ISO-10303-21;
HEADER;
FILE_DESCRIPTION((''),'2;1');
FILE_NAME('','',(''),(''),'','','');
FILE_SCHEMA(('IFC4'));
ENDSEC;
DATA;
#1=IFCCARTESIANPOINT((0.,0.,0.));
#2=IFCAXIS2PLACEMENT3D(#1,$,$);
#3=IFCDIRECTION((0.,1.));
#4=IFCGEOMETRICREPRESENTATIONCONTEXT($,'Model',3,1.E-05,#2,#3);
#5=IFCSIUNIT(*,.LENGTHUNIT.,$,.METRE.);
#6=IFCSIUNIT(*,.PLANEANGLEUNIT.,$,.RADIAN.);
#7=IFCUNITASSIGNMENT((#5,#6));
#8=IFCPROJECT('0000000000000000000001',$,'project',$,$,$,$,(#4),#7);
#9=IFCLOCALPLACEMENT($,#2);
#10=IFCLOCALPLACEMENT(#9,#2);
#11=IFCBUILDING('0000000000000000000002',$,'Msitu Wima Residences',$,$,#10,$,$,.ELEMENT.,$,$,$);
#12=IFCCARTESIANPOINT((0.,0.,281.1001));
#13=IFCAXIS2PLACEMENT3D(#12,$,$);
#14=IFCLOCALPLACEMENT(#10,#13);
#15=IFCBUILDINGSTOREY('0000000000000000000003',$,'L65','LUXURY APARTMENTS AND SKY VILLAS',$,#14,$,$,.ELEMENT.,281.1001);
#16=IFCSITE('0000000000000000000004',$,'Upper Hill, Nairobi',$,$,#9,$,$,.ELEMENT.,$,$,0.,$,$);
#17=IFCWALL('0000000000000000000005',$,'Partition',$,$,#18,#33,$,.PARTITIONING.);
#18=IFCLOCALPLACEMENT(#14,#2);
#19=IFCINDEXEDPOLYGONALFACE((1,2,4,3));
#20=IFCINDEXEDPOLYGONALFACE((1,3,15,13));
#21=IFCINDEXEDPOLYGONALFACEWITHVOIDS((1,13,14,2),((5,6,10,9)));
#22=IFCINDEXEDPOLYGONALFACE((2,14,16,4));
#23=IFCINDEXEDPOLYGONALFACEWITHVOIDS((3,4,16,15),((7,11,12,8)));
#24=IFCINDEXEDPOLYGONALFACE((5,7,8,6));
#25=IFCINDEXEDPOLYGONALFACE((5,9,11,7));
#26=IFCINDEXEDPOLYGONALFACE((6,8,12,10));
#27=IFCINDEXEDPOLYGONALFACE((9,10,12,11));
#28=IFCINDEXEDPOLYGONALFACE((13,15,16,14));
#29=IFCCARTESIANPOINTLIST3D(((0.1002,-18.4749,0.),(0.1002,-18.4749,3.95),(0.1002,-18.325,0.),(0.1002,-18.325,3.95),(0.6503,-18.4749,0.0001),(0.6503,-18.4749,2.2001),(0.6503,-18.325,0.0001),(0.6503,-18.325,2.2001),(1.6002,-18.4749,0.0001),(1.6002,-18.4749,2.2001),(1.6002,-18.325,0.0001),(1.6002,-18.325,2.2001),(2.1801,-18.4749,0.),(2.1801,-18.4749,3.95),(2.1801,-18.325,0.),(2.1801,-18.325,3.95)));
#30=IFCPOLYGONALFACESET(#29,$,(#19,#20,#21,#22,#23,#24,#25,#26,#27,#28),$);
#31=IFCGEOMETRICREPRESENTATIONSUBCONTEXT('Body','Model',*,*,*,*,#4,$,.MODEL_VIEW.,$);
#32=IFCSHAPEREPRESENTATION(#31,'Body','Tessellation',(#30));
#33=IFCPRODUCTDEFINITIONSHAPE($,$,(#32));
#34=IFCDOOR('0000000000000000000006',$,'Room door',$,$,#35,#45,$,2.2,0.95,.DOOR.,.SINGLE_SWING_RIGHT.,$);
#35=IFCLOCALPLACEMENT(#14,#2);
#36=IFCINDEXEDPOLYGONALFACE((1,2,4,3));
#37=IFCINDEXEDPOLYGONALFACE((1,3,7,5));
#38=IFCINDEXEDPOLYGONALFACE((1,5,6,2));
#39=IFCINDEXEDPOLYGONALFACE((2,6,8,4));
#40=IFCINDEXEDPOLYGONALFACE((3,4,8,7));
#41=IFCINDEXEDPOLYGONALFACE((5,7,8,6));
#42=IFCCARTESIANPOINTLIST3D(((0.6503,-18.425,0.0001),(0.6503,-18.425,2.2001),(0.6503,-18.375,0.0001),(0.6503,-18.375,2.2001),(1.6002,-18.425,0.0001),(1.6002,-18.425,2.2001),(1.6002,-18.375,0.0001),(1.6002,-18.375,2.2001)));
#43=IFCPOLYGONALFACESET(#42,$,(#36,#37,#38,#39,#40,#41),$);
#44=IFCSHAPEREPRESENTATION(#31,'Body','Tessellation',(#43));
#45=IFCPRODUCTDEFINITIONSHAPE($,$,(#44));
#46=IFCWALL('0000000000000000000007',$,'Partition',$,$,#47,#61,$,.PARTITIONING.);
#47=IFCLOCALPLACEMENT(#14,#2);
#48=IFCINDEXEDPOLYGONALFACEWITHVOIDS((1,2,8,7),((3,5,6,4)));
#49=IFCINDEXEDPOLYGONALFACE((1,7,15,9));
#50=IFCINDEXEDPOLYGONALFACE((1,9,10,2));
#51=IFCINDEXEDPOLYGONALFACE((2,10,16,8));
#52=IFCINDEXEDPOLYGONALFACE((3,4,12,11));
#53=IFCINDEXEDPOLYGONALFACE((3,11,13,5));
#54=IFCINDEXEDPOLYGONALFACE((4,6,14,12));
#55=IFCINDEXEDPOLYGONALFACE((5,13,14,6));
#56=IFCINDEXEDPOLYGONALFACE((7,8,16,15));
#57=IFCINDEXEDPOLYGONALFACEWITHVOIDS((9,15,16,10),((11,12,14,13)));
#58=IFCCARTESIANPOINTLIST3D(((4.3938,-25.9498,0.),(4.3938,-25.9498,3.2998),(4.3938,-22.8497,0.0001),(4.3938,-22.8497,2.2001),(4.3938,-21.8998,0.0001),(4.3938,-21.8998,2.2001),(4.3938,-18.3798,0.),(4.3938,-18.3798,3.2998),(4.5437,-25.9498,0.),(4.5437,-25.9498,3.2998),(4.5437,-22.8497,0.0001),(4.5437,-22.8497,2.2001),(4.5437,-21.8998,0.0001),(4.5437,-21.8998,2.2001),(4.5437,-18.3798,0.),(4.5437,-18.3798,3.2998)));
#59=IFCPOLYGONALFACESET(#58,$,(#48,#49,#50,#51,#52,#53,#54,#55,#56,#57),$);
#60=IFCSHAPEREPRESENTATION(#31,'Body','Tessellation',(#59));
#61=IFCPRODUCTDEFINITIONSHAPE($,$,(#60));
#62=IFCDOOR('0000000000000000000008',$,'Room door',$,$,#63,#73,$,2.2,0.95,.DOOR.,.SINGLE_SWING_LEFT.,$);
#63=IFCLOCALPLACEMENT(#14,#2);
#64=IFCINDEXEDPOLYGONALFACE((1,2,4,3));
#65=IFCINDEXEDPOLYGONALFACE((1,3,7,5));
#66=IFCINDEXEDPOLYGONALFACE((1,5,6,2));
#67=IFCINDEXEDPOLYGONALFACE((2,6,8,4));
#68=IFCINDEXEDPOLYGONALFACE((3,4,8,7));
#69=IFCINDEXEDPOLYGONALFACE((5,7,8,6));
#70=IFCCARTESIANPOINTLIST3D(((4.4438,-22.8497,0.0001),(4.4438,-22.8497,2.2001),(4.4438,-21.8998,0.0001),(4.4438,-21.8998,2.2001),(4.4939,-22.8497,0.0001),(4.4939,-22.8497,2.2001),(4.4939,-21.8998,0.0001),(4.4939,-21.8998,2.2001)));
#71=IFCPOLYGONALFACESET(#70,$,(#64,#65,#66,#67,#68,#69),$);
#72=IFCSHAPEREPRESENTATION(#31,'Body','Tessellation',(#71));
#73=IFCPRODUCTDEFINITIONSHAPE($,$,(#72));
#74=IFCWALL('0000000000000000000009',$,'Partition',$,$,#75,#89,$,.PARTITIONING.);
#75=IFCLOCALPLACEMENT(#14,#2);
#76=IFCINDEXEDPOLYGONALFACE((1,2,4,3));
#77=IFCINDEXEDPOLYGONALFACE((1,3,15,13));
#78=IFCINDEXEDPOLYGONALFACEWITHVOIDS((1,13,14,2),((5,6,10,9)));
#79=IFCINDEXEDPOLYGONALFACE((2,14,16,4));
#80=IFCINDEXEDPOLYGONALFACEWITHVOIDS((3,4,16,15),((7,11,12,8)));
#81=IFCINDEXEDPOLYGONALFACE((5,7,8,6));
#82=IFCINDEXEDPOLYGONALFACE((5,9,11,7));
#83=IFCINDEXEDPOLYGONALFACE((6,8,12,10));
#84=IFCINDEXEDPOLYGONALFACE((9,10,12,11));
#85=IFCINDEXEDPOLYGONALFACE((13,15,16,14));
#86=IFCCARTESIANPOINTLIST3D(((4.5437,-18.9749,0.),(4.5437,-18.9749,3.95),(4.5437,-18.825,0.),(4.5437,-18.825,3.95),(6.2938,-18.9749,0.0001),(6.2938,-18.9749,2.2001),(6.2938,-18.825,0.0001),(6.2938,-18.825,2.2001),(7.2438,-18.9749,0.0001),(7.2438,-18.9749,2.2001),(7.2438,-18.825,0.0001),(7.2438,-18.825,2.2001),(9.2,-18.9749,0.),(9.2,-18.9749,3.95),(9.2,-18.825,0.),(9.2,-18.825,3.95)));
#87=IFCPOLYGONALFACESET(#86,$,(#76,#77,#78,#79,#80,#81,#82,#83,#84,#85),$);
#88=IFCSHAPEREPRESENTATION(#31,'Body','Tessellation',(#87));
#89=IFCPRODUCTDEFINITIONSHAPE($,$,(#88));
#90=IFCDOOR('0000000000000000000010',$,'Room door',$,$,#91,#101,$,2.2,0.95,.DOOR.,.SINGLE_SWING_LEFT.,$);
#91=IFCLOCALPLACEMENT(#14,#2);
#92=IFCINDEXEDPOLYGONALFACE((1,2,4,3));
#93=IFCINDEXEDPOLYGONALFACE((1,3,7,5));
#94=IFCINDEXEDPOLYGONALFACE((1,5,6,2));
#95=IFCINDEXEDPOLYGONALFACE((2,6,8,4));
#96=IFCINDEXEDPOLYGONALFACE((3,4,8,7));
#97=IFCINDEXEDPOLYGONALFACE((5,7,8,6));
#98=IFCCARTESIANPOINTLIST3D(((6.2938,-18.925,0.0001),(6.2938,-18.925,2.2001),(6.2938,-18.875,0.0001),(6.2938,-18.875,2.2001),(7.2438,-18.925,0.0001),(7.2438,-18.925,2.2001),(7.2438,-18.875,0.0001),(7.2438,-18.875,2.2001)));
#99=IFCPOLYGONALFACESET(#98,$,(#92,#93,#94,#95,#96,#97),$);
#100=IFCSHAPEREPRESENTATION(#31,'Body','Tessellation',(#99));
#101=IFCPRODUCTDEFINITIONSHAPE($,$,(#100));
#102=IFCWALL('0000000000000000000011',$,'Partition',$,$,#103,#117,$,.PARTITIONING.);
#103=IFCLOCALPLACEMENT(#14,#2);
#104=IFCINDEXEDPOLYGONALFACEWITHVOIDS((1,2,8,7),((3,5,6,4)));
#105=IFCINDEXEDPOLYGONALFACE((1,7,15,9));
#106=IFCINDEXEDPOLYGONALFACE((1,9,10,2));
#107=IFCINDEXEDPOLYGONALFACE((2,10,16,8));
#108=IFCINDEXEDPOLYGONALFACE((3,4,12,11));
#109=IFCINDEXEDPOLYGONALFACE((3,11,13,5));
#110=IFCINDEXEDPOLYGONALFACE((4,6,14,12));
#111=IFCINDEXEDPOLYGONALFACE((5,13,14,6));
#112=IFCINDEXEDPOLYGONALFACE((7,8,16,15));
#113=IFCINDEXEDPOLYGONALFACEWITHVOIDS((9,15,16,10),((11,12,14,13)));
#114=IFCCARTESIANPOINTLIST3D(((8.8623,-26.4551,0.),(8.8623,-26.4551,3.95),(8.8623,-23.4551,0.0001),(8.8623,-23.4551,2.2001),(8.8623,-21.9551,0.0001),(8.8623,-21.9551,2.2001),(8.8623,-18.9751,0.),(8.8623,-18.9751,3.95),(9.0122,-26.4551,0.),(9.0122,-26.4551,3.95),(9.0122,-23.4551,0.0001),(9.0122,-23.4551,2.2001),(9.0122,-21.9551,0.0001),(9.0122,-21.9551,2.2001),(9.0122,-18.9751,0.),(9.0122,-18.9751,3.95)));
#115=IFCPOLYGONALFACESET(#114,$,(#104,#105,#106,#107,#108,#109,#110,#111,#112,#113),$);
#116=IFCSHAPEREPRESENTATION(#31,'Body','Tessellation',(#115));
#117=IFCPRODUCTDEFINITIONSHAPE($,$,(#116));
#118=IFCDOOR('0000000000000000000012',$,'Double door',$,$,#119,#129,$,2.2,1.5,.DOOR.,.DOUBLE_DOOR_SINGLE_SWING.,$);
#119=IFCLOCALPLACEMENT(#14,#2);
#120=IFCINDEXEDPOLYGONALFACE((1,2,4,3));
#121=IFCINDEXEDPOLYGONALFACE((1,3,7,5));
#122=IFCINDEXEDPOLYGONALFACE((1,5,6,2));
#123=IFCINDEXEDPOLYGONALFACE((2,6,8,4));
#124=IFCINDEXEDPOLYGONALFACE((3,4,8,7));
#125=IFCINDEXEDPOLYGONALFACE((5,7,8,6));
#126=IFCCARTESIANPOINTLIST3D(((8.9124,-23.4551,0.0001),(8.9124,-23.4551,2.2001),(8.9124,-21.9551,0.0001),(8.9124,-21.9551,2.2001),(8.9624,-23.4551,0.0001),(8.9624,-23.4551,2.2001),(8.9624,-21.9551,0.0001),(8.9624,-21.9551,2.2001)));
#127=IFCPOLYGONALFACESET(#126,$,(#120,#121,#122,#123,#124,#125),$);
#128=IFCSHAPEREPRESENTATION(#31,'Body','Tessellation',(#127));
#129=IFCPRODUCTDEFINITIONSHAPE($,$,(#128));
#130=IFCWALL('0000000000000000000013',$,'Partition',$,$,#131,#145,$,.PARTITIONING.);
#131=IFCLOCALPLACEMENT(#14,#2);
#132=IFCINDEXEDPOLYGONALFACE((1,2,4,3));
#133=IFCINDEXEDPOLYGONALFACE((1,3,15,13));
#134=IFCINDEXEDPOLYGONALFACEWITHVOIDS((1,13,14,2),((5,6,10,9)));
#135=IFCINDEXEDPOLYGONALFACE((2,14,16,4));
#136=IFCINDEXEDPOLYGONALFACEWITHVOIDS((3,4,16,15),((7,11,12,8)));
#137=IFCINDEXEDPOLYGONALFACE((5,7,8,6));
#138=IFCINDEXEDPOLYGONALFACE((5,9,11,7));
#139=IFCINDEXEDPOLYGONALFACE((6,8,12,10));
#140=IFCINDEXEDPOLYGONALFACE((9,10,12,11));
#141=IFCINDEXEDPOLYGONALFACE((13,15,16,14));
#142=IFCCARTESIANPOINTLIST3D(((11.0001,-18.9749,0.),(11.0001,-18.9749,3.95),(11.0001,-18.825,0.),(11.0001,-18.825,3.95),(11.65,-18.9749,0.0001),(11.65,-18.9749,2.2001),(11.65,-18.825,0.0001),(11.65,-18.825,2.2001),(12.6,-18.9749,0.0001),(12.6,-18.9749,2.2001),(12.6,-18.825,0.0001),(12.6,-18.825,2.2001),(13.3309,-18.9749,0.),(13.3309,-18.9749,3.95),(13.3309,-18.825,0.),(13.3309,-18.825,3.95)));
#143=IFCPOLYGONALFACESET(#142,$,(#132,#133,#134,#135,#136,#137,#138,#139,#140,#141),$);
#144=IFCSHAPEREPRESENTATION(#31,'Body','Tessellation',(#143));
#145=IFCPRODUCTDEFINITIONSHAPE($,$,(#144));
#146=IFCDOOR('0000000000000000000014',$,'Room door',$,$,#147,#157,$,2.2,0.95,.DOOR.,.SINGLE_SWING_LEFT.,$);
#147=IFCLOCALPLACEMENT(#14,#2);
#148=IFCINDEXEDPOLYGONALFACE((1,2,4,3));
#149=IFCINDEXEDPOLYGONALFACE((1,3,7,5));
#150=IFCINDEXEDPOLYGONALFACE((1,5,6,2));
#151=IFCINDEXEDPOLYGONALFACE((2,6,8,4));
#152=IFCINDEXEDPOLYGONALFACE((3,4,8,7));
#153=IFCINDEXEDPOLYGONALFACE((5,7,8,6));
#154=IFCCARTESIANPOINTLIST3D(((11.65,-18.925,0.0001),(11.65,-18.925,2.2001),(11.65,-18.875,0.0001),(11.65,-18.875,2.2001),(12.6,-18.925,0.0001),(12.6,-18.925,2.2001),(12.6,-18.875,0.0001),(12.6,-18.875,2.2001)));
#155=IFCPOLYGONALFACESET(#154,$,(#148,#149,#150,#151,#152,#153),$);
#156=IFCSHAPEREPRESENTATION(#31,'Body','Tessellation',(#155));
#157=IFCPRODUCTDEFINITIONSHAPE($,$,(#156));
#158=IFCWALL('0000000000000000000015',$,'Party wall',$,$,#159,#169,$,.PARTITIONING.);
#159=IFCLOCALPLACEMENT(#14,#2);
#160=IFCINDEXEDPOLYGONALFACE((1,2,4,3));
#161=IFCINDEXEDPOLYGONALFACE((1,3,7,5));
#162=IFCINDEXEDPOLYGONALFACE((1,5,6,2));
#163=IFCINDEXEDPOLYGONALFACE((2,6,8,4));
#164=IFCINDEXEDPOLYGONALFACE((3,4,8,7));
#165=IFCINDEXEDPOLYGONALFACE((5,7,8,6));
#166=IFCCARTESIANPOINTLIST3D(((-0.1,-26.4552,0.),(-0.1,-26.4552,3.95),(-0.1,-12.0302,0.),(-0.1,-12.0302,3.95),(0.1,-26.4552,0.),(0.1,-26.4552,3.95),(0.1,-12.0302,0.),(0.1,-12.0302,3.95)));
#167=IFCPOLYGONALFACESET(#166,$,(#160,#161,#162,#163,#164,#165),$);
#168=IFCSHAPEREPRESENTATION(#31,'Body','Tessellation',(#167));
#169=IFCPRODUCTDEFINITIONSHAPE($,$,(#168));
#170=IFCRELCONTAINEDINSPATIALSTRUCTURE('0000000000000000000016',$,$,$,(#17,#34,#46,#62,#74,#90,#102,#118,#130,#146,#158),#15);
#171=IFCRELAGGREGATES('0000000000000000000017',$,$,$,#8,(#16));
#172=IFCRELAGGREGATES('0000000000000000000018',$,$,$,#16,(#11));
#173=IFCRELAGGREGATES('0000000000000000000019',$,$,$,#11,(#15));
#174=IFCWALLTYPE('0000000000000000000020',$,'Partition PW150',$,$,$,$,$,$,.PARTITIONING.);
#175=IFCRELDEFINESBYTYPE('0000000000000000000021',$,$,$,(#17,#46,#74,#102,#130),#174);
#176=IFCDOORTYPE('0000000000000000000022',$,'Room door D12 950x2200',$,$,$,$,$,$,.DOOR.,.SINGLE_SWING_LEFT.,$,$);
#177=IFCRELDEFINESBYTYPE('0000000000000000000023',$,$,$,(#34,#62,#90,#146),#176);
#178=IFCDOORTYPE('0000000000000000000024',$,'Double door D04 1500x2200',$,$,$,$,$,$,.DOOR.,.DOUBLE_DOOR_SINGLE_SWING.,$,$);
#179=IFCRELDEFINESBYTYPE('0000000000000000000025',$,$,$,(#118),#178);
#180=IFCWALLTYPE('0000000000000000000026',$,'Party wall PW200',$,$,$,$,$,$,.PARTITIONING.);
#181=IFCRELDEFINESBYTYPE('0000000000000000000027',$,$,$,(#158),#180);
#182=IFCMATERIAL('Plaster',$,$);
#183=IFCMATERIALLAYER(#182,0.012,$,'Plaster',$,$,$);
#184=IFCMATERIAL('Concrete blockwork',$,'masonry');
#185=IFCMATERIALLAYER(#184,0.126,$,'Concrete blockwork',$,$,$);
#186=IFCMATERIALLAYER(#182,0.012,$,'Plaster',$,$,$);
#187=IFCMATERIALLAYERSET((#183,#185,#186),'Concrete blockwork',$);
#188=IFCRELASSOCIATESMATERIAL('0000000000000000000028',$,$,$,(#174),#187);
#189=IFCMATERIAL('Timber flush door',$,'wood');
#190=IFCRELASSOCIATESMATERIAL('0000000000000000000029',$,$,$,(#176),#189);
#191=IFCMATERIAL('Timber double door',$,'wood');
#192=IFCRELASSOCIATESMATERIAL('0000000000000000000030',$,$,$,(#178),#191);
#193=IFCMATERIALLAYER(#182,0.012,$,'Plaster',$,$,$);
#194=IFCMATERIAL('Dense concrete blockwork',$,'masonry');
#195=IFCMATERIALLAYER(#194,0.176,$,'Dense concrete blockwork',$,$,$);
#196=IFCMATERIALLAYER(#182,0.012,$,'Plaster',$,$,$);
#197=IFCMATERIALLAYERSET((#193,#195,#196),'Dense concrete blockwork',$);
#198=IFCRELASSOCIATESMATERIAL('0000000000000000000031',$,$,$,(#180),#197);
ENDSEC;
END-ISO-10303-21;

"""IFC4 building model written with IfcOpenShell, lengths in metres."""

from ifc_helpers import new_model, si_unit, direction, frame, frame_2d, origin, place, context, subcontext, project, spatial, rectangle, extrude, material, layer, layer_set, type_object, element, fill, save


model = new_model("IFC4")

# Units and contexts
model_context = context("Model", 3, precision=1e-05, world=origin(), true_north=direction((0.0, 1.0)))
body_context = subcontext(model_context, "Body", "Model", "MODEL_VIEW")
ifc_project = project(units=[si_unit("LENGTHUNIT", "METRE"), si_unit("PLANEANGLEUNIT", "RADIAN")], contexts=[model_context])

# Site, building, storey
site_placement = place(None, origin())
site = spatial("IfcSite", under=ifc_project, at=site_placement, Name="Upper Hill, Nairobi", CompositionType="ELEMENT", RefElevation=0.0)
building_placement = place(site_placement, origin())
building = spatial("IfcBuilding", under=site, at=building_placement, Name="Msitu Wima Residences", CompositionType="ELEMENT")
storey_placement = place(building_placement, frame((0.0, 0.0, 281.1001)))
storey = spatial("IfcBuildingStorey", under=building, at=storey_placement, Name="L65", Description="LUXURY APARTMENTS AND SKY VILLAS", CompositionType="ELEMENT", Elevation=281.1001)

# Walls, openings, doors
ifc_material_1 = material(Name="Plaster")
ifc_layer_1 = layer(ifc_material_1, 0.012, Name="Plaster")
ifc_material_2 = material(Name="Concrete blockwork", Category="masonry")
ifc_layer_2 = layer(ifc_material_2, 0.126, Name="Concrete blockwork")
ifc_layer_3 = layer(ifc_material_1, 0.012, Name="Plaster")
ifc_layer_set_1 = layer_set([ifc_layer_1, ifc_layer_2, ifc_layer_3], Name="Concrete blockwork")
wall_type_1 = type_object("IfcWallType", Name="Partition PW150", PredefinedType="PARTITIONING", material=ifc_layer_set_1)
wall_1_placement = place(storey_placement, frame((0.1001, -18.3999, 0.0), z_axis=(0.0, 0.0, 1.0), x_axis=(1.0, 0.0, 0.0)))
wall_1 = element("IfcWall", 1, at=wall_1_placement, inside=storey, type_object=wall_type_1, Name="Partition", PredefinedType="PARTITIONING", context=body_context, shape_type="SweptSolid", body=[
    extrude(rectangle(XDim=2.0798, YDim=0.1499, at=frame_2d((1.04, 0.0))), origin(), (0.0, 0.0, 1.0), 3.95),
])
opening_1_placement = place(wall_1_placement, frame((0.55, 0.0, 0.0)))
opening_1 = element("IfcOpeningElement", 2, at=opening_1_placement, cuts=wall_1, PredefinedType="OPENING", context=body_context, shape_type="SweptSolid", body=[
    extrude(rectangle(XDim=0.95, YDim=2.2, at=frame_2d((0.4751, 1.1001))), frame((0.0, 0.085, 0.0), z_axis=(0.0, -1.0, 0.0), x_axis=(1.0, 0.0, 0.0)), (0.0, 0.0, 1.0), 0.1699),
])
ifc_material_3 = material(Name="Timber flush door", Category="wood")
door_type_1 = type_object("IfcDoorType", Name="Room door D12 950x2200", OperationType="SINGLE_SWING_LEFT", PredefinedType="DOOR", material=ifc_material_3)
door_1_placement = place(opening_1_placement, origin())
door_1 = element("IfcDoor", 3, at=door_1_placement, inside=storey, type_object=door_type_1, Name="Room door", OperationType="SINGLE_SWING_RIGHT", OverallHeight=2.2, OverallWidth=0.95, PredefinedType="DOOR", context=body_context, shape_type="SweptSolid", body=[
    extrude(rectangle(XDim=0.95, YDim=2.2, at=frame_2d((0.4751, 1.1001))), frame((0.0, 0.0249, 0.0), z_axis=(0.0, -1.0, 0.0), x_axis=(1.0, 0.0, 0.0)), (0.0, 0.0, 1.0), 0.05),
])
fill(opening_1, door_1)
wall_2_placement = place(storey_placement, frame((4.4688, -25.95, 0.0), z_axis=(0.0, 0.0, 1.0), x_axis=(0.0, 1.0, 0.0)))
wall_2 = element("IfcWall", 4, at=wall_2_placement, inside=storey, type_object=wall_type_1, Name="Partition", PredefinedType="PARTITIONING", context=body_context, shape_type="SweptSolid", body=[
    extrude(rectangle(XDim=7.5701, YDim=0.1499, at=frame_2d((3.7852, 0.0))), origin(), (0.0, 0.0, 1.0), 3.2998),
])
opening_2_placement = place(wall_2_placement, frame((3.1001, 0.0, 0.0)))
opening_2 = element("IfcOpeningElement", 5, at=opening_2_placement, cuts=wall_2, PredefinedType="OPENING", context=body_context, shape_type="SweptSolid", body=[
    extrude(rectangle(XDim=0.95, YDim=2.2, at=frame_2d((0.4751, 1.1001))), frame((0.0, 0.085, 0.0), z_axis=(0.0, -1.0, 0.0), x_axis=(1.0, 0.0, 0.0)), (0.0, 0.0, 1.0), 0.1699),
])
door_2_placement = place(opening_2_placement, origin())
door_2 = element("IfcDoor", 6, at=door_2_placement, inside=storey, type_object=door_type_1, Name="Room door", OperationType="SINGLE_SWING_LEFT", OverallHeight=2.2, OverallWidth=0.95, PredefinedType="DOOR", context=body_context, shape_type="SweptSolid", body=[
    extrude(rectangle(XDim=0.95, YDim=2.2, at=frame_2d((0.4751, 1.1001))), frame((0.0, 0.0249, 0.0), z_axis=(0.0, -1.0, 0.0), x_axis=(1.0, 0.0, 0.0)), (0.0, 0.0, 1.0), 0.05),
])
fill(opening_2, door_2)
wall_3_placement = place(storey_placement, frame((4.5437, -18.8999, 0.0), z_axis=(0.0, 0.0, 1.0), x_axis=(1.0, 0.0, 0.0)))
wall_3 = element("IfcWall", 7, at=wall_3_placement, inside=storey, type_object=wall_type_1, Name="Partition", PredefinedType="PARTITIONING", context=body_context, shape_type="SweptSolid", body=[
    extrude(rectangle(XDim=4.6562, YDim=0.1499, at=frame_2d((2.3281, 0.0))), origin(), (0.0, 0.0, 1.0), 3.95),
])
opening_3_placement = place(wall_3_placement, frame((1.75, 0.0, 0.0)))
opening_3 = element("IfcOpeningElement", 8, at=opening_3_placement, cuts=wall_3, PredefinedType="OPENING", context=body_context, shape_type="SweptSolid", body=[
    extrude(rectangle(XDim=0.95, YDim=2.2, at=frame_2d((0.4751, 1.1001))), frame((0.0, 0.085, 0.0), z_axis=(0.0, -1.0, 0.0), x_axis=(1.0, 0.0, 0.0)), (0.0, 0.0, 1.0), 0.1699),
])
door_3_placement = place(opening_3_placement, origin())
door_3 = element("IfcDoor", 9, at=door_3_placement, inside=storey, type_object=door_type_1, Name="Room door", OperationType="SINGLE_SWING_LEFT", OverallHeight=2.2, OverallWidth=0.95, PredefinedType="DOOR", context=body_context, shape_type="SweptSolid", body=[
    extrude(rectangle(XDim=0.95, YDim=2.2, at=frame_2d((0.4751, 1.1001))), frame((0.0, 0.0249, 0.0), z_axis=(0.0, -1.0, 0.0), x_axis=(1.0, 0.0, 0.0)), (0.0, 0.0, 1.0), 0.05),
])
fill(opening_3, door_3)
wall_4_placement = place(storey_placement, frame((8.9373, -26.4551, 0.0), z_axis=(0.0, 0.0, 1.0), x_axis=(0.0, 1.0, 0.0)))
wall_4 = element("IfcWall", 10, at=wall_4_placement, inside=storey, type_object=wall_type_1, Name="Partition", PredefinedType="PARTITIONING", context=body_context, shape_type="SweptSolid", body=[
    extrude(rectangle(XDim=7.48, YDim=0.1499, at=frame_2d((3.74, 0.0))), origin(), (0.0, 0.0, 1.0), 3.95),
])
opening_4_placement = place(wall_4_placement, frame((3.0, 0.0, 0.0)))
opening_4 = element("IfcOpeningElement", 11, at=opening_4_placement, cuts=wall_4, PredefinedType="OPENING", context=body_context, shape_type="SweptSolid", body=[
    extrude(rectangle(XDim=1.5, YDim=2.2, at=frame_2d((0.75, 1.1001))), frame((0.0, 0.085, 0.0), z_axis=(0.0, -1.0, 0.0), x_axis=(1.0, 0.0, 0.0)), (0.0, 0.0, 1.0), 0.1699),
])
ifc_material_4 = material(Name="Timber double door", Category="wood")
door_type_2 = type_object("IfcDoorType", Name="Double door D04 1500x2200", OperationType="DOUBLE_DOOR_SINGLE_SWING", PredefinedType="DOOR", material=ifc_material_4)
door_4_placement = place(opening_4_placement, origin())
door_4 = element("IfcDoor", 12, at=door_4_placement, inside=storey, type_object=door_type_2, Name="Double door", OperationType="DOUBLE_DOOR_SINGLE_SWING", OverallHeight=2.2, OverallWidth=1.5, PredefinedType="DOOR", context=body_context, shape_type="SweptSolid", body=[
    extrude(rectangle(XDim=1.5, YDim=2.2, at=frame_2d((0.75, 1.1001))), frame((0.0, 0.0249, 0.0), z_axis=(0.0, -1.0, 0.0), x_axis=(1.0, 0.0, 0.0)), (0.0, 0.0, 1.0), 0.05),
])
fill(opening_4, door_4)
wall_5_placement = place(storey_placement, frame((11.0, -18.8999, 0.0), z_axis=(0.0, 0.0, 1.0), x_axis=(1.0, 0.0, 0.0)))
wall_5 = element("IfcWall", 13, at=wall_5_placement, inside=storey, type_object=wall_type_1, Name="Partition", PredefinedType="PARTITIONING", context=body_context, shape_type="SweptSolid", body=[
    extrude(rectangle(XDim=2.3308, YDim=0.1499, at=frame_2d((1.1655, 0.0))), origin(), (0.0, 0.0, 1.0), 3.95),
])
opening_5_placement = place(wall_5_placement, frame((0.6499, 0.0, 0.0)))
opening_5 = element("IfcOpeningElement", 14, at=opening_5_placement, cuts=wall_5, PredefinedType="OPENING", context=body_context, shape_type="SweptSolid", body=[
    extrude(rectangle(XDim=0.95, YDim=2.2, at=frame_2d((0.4751, 1.1001))), frame((0.0, 0.085, 0.0), z_axis=(0.0, -1.0, 0.0), x_axis=(1.0, 0.0, 0.0)), (0.0, 0.0, 1.0), 0.1699),
])
door_5_placement = place(opening_5_placement, origin())
door_5 = element("IfcDoor", 15, at=door_5_placement, inside=storey, type_object=door_type_1, Name="Room door", OperationType="SINGLE_SWING_LEFT", OverallHeight=2.2, OverallWidth=0.95, PredefinedType="DOOR", context=body_context, shape_type="SweptSolid", body=[
    extrude(rectangle(XDim=0.95, YDim=2.2, at=frame_2d((0.4751, 1.1001))), frame((0.0, 0.0249, 0.0), z_axis=(0.0, -1.0, 0.0), x_axis=(1.0, 0.0, 0.0)), (0.0, 0.0, 1.0), 0.05),
])
fill(opening_5, door_5)

# Wall
ifc_layer_4 = layer(ifc_material_1, 0.012, Name="Plaster")
ifc_material_5 = material(Name="Dense concrete blockwork", Category="masonry")
ifc_layer_5 = layer(ifc_material_5, 0.176, Name="Dense concrete blockwork")
ifc_layer_6 = layer(ifc_material_1, 0.012, Name="Plaster")
ifc_layer_set_2 = layer_set([ifc_layer_4, ifc_layer_5, ifc_layer_6], Name="Dense concrete blockwork")
wall_type_2 = type_object("IfcWallType", Name="Party wall PW200", PredefinedType="PARTITIONING", material=ifc_layer_set_2)
wall_6_placement = place(storey_placement, frame((0.0, -26.4551, 0.0), z_axis=(0.0, 0.0, 1.0), x_axis=(0.0, 1.0, 0.0)))
element("IfcWall", 16, at=wall_6_placement, inside=storey, type_object=wall_type_2, Name="Party wall", PredefinedType="PARTITIONING", context=body_context, shape_type="SweptSolid", body=[
    extrude(rectangle(XDim=14.425, YDim=0.2, at=frame_2d((7.2124, 0.0))), origin(), (0.0, 0.0, 1.0), 3.95),
])

save(model, "model.ifc")
